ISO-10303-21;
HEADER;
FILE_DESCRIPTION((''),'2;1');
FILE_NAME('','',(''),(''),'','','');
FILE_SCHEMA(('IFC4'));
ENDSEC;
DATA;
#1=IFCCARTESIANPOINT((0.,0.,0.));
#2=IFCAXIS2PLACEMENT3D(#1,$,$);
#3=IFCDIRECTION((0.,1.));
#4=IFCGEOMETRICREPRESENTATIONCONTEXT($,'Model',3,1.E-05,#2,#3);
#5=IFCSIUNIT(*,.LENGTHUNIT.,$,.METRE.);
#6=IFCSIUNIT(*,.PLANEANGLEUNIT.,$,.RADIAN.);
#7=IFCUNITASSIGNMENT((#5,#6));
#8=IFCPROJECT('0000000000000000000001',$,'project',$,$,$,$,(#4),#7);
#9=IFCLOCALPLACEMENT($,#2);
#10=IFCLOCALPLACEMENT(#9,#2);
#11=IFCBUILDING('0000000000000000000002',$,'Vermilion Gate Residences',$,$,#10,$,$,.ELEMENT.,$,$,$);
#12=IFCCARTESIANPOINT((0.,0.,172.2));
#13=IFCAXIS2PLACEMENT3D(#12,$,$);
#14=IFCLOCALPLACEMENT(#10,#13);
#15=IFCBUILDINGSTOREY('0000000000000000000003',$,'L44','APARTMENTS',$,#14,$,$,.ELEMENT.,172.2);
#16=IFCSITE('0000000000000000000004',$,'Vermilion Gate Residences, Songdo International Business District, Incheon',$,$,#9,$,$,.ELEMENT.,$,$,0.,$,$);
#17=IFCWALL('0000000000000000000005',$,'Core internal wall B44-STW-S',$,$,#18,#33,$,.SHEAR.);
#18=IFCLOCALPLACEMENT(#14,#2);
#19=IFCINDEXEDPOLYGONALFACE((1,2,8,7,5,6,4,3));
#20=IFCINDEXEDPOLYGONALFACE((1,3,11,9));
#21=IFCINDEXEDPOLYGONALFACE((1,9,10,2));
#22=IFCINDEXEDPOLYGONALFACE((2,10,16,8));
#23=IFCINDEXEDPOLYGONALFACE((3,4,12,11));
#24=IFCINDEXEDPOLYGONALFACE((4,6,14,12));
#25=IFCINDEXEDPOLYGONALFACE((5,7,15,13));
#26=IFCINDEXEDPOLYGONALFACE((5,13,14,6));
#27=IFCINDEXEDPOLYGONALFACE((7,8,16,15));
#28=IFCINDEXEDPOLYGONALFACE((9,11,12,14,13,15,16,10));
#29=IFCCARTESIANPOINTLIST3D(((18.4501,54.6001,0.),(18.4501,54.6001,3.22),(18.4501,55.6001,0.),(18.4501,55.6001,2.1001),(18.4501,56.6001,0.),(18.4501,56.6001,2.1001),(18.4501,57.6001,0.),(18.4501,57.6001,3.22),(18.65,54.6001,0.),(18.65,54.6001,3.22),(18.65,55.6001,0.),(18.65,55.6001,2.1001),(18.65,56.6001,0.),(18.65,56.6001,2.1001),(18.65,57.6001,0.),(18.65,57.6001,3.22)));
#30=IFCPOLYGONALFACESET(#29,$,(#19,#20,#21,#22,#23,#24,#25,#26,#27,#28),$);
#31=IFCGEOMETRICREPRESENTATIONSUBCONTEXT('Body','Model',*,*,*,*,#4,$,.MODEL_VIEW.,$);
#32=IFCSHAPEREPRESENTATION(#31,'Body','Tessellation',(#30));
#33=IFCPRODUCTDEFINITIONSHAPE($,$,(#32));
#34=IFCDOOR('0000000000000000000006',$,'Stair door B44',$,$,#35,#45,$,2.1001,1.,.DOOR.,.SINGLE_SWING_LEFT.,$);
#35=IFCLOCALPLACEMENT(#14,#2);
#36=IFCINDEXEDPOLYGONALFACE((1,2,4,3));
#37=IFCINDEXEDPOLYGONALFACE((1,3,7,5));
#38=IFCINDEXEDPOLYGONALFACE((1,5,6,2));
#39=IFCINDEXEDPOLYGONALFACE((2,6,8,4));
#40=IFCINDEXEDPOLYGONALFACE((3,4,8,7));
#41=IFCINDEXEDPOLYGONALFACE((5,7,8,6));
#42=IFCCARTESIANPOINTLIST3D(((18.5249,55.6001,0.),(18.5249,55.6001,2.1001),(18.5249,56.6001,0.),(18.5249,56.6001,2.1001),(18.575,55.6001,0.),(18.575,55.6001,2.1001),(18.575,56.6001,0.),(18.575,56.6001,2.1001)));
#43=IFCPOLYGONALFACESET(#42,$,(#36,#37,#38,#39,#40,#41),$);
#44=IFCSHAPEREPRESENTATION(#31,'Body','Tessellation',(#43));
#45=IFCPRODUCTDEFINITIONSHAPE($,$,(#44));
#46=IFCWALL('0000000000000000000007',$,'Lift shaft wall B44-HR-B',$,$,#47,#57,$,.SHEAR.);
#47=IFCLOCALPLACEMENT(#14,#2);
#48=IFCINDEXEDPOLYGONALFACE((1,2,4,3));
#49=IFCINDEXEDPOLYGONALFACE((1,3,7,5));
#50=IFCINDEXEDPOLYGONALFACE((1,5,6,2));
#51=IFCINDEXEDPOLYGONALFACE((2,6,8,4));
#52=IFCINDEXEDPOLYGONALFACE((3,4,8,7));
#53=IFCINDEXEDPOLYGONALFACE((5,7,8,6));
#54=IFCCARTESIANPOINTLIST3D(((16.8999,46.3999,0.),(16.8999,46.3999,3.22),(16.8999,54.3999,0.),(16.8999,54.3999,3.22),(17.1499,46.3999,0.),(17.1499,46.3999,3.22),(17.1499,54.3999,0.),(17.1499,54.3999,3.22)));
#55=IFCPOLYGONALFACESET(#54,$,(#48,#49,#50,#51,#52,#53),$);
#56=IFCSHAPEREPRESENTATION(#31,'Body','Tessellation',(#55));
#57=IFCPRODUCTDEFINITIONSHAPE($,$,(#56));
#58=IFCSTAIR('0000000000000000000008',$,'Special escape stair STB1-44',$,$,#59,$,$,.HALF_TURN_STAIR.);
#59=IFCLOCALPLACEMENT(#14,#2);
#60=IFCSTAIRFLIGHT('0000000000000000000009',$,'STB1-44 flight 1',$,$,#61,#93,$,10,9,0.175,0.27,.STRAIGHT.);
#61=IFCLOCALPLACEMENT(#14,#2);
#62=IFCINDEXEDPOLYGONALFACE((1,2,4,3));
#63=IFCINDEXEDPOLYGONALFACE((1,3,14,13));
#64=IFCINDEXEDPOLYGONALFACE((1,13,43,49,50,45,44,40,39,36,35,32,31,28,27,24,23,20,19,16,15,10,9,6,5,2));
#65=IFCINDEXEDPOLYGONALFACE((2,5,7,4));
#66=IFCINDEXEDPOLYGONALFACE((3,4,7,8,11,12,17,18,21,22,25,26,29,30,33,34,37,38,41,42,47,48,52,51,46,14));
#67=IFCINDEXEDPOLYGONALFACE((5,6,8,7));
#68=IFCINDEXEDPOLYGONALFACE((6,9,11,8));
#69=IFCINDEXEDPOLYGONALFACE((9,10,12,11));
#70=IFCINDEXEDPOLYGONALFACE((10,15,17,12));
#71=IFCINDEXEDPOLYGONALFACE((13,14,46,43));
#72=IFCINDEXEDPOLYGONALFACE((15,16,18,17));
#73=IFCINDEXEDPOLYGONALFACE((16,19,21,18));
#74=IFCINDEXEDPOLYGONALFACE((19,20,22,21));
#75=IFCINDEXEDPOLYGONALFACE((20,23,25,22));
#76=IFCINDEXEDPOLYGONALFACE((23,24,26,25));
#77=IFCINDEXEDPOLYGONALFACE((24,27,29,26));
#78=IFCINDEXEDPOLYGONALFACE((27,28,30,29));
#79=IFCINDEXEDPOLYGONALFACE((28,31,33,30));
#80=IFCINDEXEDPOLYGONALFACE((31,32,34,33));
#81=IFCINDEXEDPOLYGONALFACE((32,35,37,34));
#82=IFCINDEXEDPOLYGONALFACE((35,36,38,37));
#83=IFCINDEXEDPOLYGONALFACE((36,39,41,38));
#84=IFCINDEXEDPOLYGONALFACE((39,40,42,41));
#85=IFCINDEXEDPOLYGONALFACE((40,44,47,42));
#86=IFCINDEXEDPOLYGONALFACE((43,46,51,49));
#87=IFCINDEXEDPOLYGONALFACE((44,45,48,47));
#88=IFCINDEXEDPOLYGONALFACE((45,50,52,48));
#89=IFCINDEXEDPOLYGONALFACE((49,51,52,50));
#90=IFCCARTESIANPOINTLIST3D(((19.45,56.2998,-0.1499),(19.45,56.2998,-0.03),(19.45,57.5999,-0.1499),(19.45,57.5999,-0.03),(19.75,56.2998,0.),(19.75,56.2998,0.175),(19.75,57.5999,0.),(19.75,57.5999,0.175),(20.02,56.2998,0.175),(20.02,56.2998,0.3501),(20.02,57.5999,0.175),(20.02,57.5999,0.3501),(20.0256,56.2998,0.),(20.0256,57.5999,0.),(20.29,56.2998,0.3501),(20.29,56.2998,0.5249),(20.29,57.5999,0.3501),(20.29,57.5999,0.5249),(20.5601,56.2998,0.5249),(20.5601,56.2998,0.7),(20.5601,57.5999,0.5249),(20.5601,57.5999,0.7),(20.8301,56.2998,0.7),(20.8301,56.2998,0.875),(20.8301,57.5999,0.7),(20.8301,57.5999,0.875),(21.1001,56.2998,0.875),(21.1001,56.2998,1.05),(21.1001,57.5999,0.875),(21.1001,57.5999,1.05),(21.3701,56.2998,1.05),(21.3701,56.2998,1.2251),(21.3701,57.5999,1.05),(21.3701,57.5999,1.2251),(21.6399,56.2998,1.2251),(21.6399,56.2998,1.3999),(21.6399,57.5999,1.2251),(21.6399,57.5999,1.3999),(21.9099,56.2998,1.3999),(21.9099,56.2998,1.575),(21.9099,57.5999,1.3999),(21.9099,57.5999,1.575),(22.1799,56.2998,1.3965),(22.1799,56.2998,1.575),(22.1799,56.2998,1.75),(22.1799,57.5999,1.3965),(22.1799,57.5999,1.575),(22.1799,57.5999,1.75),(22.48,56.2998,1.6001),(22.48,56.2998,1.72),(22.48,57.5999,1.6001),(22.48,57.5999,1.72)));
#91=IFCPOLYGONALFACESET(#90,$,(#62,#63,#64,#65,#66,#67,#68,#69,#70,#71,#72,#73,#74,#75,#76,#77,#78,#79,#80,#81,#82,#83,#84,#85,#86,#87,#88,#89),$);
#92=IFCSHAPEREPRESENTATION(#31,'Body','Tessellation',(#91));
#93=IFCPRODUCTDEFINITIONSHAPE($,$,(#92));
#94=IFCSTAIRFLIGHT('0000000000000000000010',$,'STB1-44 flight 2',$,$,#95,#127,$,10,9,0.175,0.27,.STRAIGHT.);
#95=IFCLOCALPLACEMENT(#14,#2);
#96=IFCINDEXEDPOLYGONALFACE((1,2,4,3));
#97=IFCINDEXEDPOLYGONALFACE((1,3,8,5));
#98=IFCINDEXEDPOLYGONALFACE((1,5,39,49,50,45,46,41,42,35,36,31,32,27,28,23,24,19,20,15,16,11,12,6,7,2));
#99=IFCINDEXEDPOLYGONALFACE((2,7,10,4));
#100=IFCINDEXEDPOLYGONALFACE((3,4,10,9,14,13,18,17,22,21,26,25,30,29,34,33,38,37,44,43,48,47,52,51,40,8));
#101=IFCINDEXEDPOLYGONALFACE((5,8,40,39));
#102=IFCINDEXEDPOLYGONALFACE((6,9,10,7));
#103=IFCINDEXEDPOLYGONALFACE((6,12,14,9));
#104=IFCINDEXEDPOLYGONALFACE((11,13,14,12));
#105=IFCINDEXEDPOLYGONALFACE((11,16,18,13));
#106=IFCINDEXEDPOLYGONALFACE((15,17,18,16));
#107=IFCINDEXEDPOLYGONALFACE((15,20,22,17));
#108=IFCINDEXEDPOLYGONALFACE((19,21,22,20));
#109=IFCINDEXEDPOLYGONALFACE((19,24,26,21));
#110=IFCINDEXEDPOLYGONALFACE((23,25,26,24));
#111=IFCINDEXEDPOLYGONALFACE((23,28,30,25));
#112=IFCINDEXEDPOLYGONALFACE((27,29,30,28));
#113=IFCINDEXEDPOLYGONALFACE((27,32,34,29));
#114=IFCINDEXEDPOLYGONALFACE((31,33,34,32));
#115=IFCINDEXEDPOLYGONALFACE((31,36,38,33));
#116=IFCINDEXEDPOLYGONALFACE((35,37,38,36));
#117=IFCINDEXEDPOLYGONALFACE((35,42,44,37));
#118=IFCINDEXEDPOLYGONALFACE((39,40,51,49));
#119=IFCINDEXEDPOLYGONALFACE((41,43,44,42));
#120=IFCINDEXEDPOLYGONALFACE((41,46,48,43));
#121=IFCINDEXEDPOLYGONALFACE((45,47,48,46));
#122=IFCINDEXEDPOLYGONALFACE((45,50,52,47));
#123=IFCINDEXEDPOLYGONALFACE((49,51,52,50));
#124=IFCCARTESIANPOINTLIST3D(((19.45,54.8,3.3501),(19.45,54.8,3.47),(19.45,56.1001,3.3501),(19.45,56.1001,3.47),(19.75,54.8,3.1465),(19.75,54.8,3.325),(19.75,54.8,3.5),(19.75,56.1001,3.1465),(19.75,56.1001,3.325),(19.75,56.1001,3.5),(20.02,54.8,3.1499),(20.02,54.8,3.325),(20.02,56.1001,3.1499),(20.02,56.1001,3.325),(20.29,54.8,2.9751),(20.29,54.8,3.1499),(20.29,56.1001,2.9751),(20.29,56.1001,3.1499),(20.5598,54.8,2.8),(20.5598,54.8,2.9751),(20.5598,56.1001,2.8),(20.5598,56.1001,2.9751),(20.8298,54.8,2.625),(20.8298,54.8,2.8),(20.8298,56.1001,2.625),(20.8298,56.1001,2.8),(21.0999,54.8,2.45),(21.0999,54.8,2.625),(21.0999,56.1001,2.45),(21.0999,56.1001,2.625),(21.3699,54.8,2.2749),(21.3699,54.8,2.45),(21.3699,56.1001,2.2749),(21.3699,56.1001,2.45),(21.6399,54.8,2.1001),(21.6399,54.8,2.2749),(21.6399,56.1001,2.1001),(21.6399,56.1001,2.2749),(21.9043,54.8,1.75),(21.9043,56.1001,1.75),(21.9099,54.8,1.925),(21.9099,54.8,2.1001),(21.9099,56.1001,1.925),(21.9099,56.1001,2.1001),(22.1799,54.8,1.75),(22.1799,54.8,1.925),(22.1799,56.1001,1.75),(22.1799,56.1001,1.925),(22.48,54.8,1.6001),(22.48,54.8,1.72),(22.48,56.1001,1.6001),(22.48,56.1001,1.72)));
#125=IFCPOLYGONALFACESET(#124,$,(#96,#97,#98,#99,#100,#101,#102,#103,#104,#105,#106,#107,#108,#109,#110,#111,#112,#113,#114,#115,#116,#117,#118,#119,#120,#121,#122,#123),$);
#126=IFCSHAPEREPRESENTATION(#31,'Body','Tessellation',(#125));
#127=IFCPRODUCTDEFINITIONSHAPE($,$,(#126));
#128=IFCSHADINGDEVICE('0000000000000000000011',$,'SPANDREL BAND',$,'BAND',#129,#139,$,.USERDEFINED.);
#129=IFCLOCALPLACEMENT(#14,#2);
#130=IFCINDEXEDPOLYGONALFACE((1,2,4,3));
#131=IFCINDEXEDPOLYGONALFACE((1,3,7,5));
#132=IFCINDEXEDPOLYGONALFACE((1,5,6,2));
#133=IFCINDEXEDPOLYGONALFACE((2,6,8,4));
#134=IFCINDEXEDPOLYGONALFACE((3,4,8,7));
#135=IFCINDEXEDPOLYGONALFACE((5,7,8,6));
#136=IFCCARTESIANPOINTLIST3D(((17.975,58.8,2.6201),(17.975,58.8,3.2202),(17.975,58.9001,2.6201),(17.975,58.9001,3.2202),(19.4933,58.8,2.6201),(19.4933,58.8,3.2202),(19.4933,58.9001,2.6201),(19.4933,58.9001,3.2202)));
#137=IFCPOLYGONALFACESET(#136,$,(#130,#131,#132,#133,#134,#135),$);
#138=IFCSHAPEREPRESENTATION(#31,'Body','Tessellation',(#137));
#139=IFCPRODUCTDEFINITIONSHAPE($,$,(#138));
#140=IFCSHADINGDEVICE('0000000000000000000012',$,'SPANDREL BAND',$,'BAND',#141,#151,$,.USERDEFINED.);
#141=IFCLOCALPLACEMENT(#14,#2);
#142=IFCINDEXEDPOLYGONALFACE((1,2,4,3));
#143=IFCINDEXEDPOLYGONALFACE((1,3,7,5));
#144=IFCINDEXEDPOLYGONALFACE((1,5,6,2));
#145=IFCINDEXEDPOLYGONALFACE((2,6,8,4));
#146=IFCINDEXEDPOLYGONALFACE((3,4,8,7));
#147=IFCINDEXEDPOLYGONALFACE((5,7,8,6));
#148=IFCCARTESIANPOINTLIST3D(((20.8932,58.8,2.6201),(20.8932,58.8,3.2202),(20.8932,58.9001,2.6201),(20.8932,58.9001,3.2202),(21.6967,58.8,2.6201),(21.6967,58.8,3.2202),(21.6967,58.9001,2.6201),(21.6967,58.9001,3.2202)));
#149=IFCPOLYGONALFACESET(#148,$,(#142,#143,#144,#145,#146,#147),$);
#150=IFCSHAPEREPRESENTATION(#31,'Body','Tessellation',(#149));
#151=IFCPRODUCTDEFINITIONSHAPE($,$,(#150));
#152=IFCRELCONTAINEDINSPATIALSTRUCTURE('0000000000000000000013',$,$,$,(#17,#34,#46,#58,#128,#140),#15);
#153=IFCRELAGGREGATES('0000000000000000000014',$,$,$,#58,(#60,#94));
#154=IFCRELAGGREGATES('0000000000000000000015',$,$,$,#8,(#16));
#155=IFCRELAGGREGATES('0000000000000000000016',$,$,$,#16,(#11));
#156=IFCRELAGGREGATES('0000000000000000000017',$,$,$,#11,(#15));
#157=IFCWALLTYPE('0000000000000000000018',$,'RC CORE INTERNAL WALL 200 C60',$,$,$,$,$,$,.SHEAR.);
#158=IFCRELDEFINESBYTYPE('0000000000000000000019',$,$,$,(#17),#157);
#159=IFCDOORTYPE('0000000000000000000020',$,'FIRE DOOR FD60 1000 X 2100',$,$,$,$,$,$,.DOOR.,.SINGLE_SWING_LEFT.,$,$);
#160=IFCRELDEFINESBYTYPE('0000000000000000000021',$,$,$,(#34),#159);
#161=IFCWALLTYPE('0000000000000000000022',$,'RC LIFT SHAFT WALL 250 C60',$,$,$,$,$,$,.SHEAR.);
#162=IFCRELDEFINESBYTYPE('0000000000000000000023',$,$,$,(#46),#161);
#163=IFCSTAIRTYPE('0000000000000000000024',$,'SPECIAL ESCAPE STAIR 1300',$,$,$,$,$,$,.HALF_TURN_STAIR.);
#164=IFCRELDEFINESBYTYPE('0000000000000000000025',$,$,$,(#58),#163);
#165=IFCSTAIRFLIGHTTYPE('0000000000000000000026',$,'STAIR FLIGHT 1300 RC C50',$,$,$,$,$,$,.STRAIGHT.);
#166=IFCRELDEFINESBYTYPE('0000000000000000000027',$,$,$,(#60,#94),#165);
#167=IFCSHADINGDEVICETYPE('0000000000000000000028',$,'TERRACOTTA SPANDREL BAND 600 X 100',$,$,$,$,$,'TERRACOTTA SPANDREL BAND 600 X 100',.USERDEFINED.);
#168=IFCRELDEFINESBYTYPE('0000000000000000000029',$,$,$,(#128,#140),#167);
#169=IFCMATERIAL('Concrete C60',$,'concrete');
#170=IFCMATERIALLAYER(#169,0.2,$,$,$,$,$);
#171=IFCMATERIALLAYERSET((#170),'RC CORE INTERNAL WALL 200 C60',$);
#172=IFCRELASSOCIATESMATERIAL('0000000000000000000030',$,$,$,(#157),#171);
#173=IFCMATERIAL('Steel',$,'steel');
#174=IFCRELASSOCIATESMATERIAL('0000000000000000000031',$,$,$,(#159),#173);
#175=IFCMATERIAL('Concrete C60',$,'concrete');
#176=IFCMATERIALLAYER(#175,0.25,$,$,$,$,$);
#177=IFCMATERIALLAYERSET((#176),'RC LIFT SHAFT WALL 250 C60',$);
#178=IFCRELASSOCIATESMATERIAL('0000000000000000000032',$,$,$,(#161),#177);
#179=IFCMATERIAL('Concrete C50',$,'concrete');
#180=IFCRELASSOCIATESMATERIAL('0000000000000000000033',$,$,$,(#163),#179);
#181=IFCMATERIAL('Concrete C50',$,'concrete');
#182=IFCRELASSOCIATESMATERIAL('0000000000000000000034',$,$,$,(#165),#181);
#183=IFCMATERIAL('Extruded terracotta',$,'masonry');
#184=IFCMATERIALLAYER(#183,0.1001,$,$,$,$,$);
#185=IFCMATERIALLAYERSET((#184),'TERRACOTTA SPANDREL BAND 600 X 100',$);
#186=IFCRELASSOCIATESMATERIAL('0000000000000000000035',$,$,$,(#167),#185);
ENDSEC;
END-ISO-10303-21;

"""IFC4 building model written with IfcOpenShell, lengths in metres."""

from ifc_helpers import new_model, si_unit, direction, frame, frame_2d, origin, origin_2d, place, context, subcontext, project, spatial, polyline, rectangle, outline, extrude, material, layer, layer_set, type_object, element, fill, aggregate, save


model = new_model("IFC4")

# Units and contexts
model_context = context("Model", 3, precision=1e-05, world=origin(), true_north=direction((0.0, 1.0)))
body_context = subcontext(model_context, "Body", "Model", "MODEL_VIEW")
ifc_project = project(units=[si_unit("LENGTHUNIT", "METRE"), si_unit("PLANEANGLEUNIT", "RADIAN")], contexts=[model_context])

# Site, building, storey
site_placement = place(None, origin())
site = spatial("IfcSite", under=ifc_project, at=site_placement, Name="Vermilion Gate Residences, Songdo International Business District, Incheon", CompositionType="ELEMENT", RefElevation=0.0)
building_placement = place(site_placement, origin())
building = spatial("IfcBuilding", under=site, at=building_placement, Name="Vermilion Gate Residences", CompositionType="ELEMENT")
storey_placement = place(building_placement, frame((0.0, 0.0, 172.2)))
storey = spatial("IfcBuildingStorey", under=building, at=storey_placement, Name="L44", Description="APARTMENTS", CompositionType="ELEMENT", Elevation=172.2)

# Shared definitions
ifc_material_1 = material(Name="Concrete C60", Category="concrete")
ifc_layer_1 = layer(ifc_material_1, 0.2)
ifc_layer_set_1 = layer_set([ifc_layer_1], Name="RC CORE INTERNAL WALL 200 C60")
wall_type_1 = type_object("IfcWallType", Name="RC CORE INTERNAL WALL 200 C60", PredefinedType="SHEAR", material=ifc_layer_set_1)

# Wall, opening, door
wall_1_placement = place(storey_placement, frame((18.55, 57.6001, 0.0), z_axis=(0.0, 0.0, 1.0), x_axis=(0.0, -1.0, 0.0)))
wall_1 = element("IfcWall", 1, at=wall_1_placement, inside=storey, type_object=wall_type_1, Name="Core internal wall B44-STW-S", PredefinedType="SHEAR", context=body_context, shape_type="SweptSolid", body=[
    extrude(rectangle(XDim=3.0, YDim=0.2, at=frame_2d((1.5, 0.0))), origin(), (0.0, 0.0, 1.0), 3.22),
])
opening_1_placement = place(wall_1_placement, frame((1.0, 0.0, 0.0)))
opening_1 = element("IfcOpeningElement", 2, at=opening_1_placement, cuts=wall_1, PredefinedType="OPENING", context=body_context, shape_type="SweptSolid", body=[
    extrude(rectangle(XDim=1.0, YDim=2.1001, at=frame_2d((0.5, 1.05))), frame((0.0, 0.1099, 0.0), z_axis=(0.0, -1.0, 0.0), x_axis=(1.0, 0.0, 0.0)), (0.0, 0.0, 1.0), 0.22),
])
ifc_material_2 = material(Name="Steel", Category="steel")
door_type_1 = type_object("IfcDoorType", Name="FIRE DOOR FD60 1000 X 2100", OperationType="SINGLE_SWING_LEFT", PredefinedType="DOOR", material=ifc_material_2)
door_1_placement = place(opening_1_placement, origin())
door_1 = element("IfcDoor", 3, at=door_1_placement, inside=storey, type_object=door_type_1, Name="Stair door B44", OperationType="SINGLE_SWING_LEFT", OverallHeight=2.1001, OverallWidth=1.0, PredefinedType="DOOR", context=body_context, shape_type="SweptSolid", body=[
    extrude(rectangle(XDim=1.0, YDim=2.1001, at=frame_2d((0.5, 1.05))), frame((0.0, 0.0249, 0.0), z_axis=(0.0, -1.0, 0.0), x_axis=(1.0, 0.0, 0.0)), (0.0, 0.0, 1.0), 0.05),
])
fill(opening_1, door_1)

# Wall
ifc_material_3 = material(Name="Concrete C60", Category="concrete")
ifc_layer_2 = layer(ifc_material_3, 0.25)
ifc_layer_set_2 = layer_set([ifc_layer_2], Name="RC LIFT SHAFT WALL 250 C60")
wall_type_2 = type_object("IfcWallType", Name="RC LIFT SHAFT WALL 250 C60", PredefinedType="SHEAR", material=ifc_layer_set_2)
wall_2_placement = place(storey_placement, frame((17.0249, 54.3999, 0.0), z_axis=(0.0, 0.0, 1.0), x_axis=(0.0, -1.0, 0.0)))
element("IfcWall", 4, at=wall_2_placement, inside=storey, type_object=wall_type_2, Name="Lift shaft wall B44-HR-B", PredefinedType="SHEAR", context=body_context, shape_type="SweptSolid", body=[
    extrude(rectangle(XDim=8.0, YDim=0.25, at=frame_2d((4.0, 0.0))), origin(), (0.0, 0.0, 1.0), 3.22),
])

# Stair, stair flights
ifc_material_4 = material(Name="Concrete C50", Category="concrete")
stair_type = type_object("IfcStairType", Name="SPECIAL ESCAPE STAIR 1300", PredefinedType="HALF_TURN_STAIR", material=ifc_material_4)
stair_placement = place(storey_placement, origin())
stair = element("IfcStair", 5, at=stair_placement, inside=storey, type_object=stair_type, Name="Special escape stair STB1-44", PredefinedType="HALF_TURN_STAIR")
ifc_material_5 = material(Name="Concrete C50", Category="concrete")
stair_flight_type = type_object("IfcStairFlightType", Name="STAIR FLIGHT 1300 RC C50", PredefinedType="STRAIGHT", material=ifc_material_5)
stair_flight_1_placement = place(storey_placement, frame((19.75, 56.95, 0.0), z_axis=(0.0, 0.0, 1.0), x_axis=(1.0, 0.0, 0.0)))
stair_flight_1 = element("IfcStairFlight", 6, at=stair_flight_1_placement, type_object=stair_flight_type, Name="STB1-44 flight 1", NumberOfRisers=10, NumberOfTreads=9, PredefinedType="STRAIGHT", RiserHeight=0.175, TreadLength=0.27, context=body_context, shape_type="SweptSolid", body=[
    extrude(outline(polyline([(-0.3, -0.1499), (-0.3, -0.03), (0.0, 0.0), (0.0, 0.175), (0.27, 0.175), (0.27, 0.3501), (0.54, 0.3501), (0.54, 0.5249), (0.8101, 0.5249), (0.8101, 0.7), (1.0801, 0.7), (1.0801, 0.875), (1.3501, 0.875), (1.3501, 1.05), (1.6201, 1.05), (1.6201, 1.2251), (1.8899, 1.2251), (1.8899, 1.3999), (2.1599, 1.3999), (2.1599, 1.575), (2.4299, 1.575), (2.4299, 1.75), (2.73, 1.72), (2.73, 1.6001), (2.4299, 1.3965), (0.2756, 0.0), (-0.3, -0.1499)])), frame((0.0, 0.6499, 0.0), z_axis=(0.0, -1.0, 0.0), x_axis=(1.0, 0.0, 0.0)), (0.0, 0.0, 1.0), 1.3),
])
stair_flight_2_placement = place(storey_placement, frame((22.1799, 55.45, 1.75), z_axis=(0.0, 0.0, 1.0), x_axis=(-1.0, 0.0, 0.0)))
stair_flight_2 = element("IfcStairFlight", 7, at=stair_flight_2_placement, type_object=stair_flight_type, Name="STB1-44 flight 2", NumberOfRisers=10, NumberOfTreads=9, PredefinedType="STRAIGHT", RiserHeight=0.175, TreadLength=0.27, context=body_context, shape_type="SweptSolid", body=[
    extrude(outline(polyline([(-0.3, -0.1499), (-0.3, -0.03), (0.0, 0.0), (0.0, 0.175), (0.27, 0.175), (0.27, 0.3501), (0.54, 0.3501), (0.54, 0.5249), (0.8101, 0.5249), (0.8101, 0.7), (1.0801, 0.7), (1.0801, 0.875), (1.3501, 0.875), (1.3501, 1.05), (1.6201, 1.05), (1.6201, 1.2251), (1.8899, 1.2251), (1.8899, 1.3999), (2.1599, 1.3999), (2.1599, 1.575), (2.4299, 1.575), (2.4299, 1.75), (2.73, 1.72), (2.73, 1.6001), (2.4299, 1.3965), (0.2756, 0.0), (-0.3, -0.1499)])), frame((0.0, 0.6499, 0.0), z_axis=(0.0, -1.0, 0.0), x_axis=(1.0, 0.0, 0.0)), (0.0, 0.0, 1.0), 1.3),
])
aggregate(stair, [stair_flight_1, stair_flight_2])

# Shading devices
ifc_material_6 = material(Name="Extruded terracotta", Category="masonry")
ifc_layer_3 = layer(ifc_material_6, 0.1001)
ifc_layer_set_3 = layer_set([ifc_layer_3], Name="TERRACOTTA SPANDREL BAND 600 X 100")
shading_device_type = type_object("IfcShadingDeviceType", Name="TERRACOTTA SPANDREL BAND 600 X 100", ElementType="TERRACOTTA SPANDREL BAND 600 X 100", PredefinedType="USERDEFINED", material=ifc_layer_set_3)
shading_device_1_placement = place(storey_placement, frame((18.7341, 58.8501, 2.6201), z_axis=(0.0, 0.0, 1.0), x_axis=(1.0, 0.0, 0.0)))
element("IfcShadingDevice", 8, at=shading_device_1_placement, inside=storey, type_object=shading_device_type, Name="SPANDREL BAND", ObjectType="BAND", PredefinedType="USERDEFINED", context=body_context, shape_type="SweptSolid", body=[
    extrude(rectangle(XDim=1.5183, YDim=0.1001, at=origin_2d()), origin(), (0.0, 0.0, 1.0), 0.6001),
])
shading_device_2_placement = place(storey_placement, frame((21.2949, 58.8501, 2.6201), z_axis=(0.0, 0.0, 1.0), x_axis=(1.0, 0.0, 0.0)))
element("IfcShadingDevice", 9, at=shading_device_2_placement, inside=storey, type_object=shading_device_type, Name="SPANDREL BAND", ObjectType="BAND", PredefinedType="USERDEFINED", context=body_context, shape_type="SweptSolid", body=[
    extrude(rectangle(XDim=0.8035, YDim=0.1001, at=origin_2d()), origin(), (0.0, 0.0, 1.0), 0.6001),
])

save(model, "model.ifc")
